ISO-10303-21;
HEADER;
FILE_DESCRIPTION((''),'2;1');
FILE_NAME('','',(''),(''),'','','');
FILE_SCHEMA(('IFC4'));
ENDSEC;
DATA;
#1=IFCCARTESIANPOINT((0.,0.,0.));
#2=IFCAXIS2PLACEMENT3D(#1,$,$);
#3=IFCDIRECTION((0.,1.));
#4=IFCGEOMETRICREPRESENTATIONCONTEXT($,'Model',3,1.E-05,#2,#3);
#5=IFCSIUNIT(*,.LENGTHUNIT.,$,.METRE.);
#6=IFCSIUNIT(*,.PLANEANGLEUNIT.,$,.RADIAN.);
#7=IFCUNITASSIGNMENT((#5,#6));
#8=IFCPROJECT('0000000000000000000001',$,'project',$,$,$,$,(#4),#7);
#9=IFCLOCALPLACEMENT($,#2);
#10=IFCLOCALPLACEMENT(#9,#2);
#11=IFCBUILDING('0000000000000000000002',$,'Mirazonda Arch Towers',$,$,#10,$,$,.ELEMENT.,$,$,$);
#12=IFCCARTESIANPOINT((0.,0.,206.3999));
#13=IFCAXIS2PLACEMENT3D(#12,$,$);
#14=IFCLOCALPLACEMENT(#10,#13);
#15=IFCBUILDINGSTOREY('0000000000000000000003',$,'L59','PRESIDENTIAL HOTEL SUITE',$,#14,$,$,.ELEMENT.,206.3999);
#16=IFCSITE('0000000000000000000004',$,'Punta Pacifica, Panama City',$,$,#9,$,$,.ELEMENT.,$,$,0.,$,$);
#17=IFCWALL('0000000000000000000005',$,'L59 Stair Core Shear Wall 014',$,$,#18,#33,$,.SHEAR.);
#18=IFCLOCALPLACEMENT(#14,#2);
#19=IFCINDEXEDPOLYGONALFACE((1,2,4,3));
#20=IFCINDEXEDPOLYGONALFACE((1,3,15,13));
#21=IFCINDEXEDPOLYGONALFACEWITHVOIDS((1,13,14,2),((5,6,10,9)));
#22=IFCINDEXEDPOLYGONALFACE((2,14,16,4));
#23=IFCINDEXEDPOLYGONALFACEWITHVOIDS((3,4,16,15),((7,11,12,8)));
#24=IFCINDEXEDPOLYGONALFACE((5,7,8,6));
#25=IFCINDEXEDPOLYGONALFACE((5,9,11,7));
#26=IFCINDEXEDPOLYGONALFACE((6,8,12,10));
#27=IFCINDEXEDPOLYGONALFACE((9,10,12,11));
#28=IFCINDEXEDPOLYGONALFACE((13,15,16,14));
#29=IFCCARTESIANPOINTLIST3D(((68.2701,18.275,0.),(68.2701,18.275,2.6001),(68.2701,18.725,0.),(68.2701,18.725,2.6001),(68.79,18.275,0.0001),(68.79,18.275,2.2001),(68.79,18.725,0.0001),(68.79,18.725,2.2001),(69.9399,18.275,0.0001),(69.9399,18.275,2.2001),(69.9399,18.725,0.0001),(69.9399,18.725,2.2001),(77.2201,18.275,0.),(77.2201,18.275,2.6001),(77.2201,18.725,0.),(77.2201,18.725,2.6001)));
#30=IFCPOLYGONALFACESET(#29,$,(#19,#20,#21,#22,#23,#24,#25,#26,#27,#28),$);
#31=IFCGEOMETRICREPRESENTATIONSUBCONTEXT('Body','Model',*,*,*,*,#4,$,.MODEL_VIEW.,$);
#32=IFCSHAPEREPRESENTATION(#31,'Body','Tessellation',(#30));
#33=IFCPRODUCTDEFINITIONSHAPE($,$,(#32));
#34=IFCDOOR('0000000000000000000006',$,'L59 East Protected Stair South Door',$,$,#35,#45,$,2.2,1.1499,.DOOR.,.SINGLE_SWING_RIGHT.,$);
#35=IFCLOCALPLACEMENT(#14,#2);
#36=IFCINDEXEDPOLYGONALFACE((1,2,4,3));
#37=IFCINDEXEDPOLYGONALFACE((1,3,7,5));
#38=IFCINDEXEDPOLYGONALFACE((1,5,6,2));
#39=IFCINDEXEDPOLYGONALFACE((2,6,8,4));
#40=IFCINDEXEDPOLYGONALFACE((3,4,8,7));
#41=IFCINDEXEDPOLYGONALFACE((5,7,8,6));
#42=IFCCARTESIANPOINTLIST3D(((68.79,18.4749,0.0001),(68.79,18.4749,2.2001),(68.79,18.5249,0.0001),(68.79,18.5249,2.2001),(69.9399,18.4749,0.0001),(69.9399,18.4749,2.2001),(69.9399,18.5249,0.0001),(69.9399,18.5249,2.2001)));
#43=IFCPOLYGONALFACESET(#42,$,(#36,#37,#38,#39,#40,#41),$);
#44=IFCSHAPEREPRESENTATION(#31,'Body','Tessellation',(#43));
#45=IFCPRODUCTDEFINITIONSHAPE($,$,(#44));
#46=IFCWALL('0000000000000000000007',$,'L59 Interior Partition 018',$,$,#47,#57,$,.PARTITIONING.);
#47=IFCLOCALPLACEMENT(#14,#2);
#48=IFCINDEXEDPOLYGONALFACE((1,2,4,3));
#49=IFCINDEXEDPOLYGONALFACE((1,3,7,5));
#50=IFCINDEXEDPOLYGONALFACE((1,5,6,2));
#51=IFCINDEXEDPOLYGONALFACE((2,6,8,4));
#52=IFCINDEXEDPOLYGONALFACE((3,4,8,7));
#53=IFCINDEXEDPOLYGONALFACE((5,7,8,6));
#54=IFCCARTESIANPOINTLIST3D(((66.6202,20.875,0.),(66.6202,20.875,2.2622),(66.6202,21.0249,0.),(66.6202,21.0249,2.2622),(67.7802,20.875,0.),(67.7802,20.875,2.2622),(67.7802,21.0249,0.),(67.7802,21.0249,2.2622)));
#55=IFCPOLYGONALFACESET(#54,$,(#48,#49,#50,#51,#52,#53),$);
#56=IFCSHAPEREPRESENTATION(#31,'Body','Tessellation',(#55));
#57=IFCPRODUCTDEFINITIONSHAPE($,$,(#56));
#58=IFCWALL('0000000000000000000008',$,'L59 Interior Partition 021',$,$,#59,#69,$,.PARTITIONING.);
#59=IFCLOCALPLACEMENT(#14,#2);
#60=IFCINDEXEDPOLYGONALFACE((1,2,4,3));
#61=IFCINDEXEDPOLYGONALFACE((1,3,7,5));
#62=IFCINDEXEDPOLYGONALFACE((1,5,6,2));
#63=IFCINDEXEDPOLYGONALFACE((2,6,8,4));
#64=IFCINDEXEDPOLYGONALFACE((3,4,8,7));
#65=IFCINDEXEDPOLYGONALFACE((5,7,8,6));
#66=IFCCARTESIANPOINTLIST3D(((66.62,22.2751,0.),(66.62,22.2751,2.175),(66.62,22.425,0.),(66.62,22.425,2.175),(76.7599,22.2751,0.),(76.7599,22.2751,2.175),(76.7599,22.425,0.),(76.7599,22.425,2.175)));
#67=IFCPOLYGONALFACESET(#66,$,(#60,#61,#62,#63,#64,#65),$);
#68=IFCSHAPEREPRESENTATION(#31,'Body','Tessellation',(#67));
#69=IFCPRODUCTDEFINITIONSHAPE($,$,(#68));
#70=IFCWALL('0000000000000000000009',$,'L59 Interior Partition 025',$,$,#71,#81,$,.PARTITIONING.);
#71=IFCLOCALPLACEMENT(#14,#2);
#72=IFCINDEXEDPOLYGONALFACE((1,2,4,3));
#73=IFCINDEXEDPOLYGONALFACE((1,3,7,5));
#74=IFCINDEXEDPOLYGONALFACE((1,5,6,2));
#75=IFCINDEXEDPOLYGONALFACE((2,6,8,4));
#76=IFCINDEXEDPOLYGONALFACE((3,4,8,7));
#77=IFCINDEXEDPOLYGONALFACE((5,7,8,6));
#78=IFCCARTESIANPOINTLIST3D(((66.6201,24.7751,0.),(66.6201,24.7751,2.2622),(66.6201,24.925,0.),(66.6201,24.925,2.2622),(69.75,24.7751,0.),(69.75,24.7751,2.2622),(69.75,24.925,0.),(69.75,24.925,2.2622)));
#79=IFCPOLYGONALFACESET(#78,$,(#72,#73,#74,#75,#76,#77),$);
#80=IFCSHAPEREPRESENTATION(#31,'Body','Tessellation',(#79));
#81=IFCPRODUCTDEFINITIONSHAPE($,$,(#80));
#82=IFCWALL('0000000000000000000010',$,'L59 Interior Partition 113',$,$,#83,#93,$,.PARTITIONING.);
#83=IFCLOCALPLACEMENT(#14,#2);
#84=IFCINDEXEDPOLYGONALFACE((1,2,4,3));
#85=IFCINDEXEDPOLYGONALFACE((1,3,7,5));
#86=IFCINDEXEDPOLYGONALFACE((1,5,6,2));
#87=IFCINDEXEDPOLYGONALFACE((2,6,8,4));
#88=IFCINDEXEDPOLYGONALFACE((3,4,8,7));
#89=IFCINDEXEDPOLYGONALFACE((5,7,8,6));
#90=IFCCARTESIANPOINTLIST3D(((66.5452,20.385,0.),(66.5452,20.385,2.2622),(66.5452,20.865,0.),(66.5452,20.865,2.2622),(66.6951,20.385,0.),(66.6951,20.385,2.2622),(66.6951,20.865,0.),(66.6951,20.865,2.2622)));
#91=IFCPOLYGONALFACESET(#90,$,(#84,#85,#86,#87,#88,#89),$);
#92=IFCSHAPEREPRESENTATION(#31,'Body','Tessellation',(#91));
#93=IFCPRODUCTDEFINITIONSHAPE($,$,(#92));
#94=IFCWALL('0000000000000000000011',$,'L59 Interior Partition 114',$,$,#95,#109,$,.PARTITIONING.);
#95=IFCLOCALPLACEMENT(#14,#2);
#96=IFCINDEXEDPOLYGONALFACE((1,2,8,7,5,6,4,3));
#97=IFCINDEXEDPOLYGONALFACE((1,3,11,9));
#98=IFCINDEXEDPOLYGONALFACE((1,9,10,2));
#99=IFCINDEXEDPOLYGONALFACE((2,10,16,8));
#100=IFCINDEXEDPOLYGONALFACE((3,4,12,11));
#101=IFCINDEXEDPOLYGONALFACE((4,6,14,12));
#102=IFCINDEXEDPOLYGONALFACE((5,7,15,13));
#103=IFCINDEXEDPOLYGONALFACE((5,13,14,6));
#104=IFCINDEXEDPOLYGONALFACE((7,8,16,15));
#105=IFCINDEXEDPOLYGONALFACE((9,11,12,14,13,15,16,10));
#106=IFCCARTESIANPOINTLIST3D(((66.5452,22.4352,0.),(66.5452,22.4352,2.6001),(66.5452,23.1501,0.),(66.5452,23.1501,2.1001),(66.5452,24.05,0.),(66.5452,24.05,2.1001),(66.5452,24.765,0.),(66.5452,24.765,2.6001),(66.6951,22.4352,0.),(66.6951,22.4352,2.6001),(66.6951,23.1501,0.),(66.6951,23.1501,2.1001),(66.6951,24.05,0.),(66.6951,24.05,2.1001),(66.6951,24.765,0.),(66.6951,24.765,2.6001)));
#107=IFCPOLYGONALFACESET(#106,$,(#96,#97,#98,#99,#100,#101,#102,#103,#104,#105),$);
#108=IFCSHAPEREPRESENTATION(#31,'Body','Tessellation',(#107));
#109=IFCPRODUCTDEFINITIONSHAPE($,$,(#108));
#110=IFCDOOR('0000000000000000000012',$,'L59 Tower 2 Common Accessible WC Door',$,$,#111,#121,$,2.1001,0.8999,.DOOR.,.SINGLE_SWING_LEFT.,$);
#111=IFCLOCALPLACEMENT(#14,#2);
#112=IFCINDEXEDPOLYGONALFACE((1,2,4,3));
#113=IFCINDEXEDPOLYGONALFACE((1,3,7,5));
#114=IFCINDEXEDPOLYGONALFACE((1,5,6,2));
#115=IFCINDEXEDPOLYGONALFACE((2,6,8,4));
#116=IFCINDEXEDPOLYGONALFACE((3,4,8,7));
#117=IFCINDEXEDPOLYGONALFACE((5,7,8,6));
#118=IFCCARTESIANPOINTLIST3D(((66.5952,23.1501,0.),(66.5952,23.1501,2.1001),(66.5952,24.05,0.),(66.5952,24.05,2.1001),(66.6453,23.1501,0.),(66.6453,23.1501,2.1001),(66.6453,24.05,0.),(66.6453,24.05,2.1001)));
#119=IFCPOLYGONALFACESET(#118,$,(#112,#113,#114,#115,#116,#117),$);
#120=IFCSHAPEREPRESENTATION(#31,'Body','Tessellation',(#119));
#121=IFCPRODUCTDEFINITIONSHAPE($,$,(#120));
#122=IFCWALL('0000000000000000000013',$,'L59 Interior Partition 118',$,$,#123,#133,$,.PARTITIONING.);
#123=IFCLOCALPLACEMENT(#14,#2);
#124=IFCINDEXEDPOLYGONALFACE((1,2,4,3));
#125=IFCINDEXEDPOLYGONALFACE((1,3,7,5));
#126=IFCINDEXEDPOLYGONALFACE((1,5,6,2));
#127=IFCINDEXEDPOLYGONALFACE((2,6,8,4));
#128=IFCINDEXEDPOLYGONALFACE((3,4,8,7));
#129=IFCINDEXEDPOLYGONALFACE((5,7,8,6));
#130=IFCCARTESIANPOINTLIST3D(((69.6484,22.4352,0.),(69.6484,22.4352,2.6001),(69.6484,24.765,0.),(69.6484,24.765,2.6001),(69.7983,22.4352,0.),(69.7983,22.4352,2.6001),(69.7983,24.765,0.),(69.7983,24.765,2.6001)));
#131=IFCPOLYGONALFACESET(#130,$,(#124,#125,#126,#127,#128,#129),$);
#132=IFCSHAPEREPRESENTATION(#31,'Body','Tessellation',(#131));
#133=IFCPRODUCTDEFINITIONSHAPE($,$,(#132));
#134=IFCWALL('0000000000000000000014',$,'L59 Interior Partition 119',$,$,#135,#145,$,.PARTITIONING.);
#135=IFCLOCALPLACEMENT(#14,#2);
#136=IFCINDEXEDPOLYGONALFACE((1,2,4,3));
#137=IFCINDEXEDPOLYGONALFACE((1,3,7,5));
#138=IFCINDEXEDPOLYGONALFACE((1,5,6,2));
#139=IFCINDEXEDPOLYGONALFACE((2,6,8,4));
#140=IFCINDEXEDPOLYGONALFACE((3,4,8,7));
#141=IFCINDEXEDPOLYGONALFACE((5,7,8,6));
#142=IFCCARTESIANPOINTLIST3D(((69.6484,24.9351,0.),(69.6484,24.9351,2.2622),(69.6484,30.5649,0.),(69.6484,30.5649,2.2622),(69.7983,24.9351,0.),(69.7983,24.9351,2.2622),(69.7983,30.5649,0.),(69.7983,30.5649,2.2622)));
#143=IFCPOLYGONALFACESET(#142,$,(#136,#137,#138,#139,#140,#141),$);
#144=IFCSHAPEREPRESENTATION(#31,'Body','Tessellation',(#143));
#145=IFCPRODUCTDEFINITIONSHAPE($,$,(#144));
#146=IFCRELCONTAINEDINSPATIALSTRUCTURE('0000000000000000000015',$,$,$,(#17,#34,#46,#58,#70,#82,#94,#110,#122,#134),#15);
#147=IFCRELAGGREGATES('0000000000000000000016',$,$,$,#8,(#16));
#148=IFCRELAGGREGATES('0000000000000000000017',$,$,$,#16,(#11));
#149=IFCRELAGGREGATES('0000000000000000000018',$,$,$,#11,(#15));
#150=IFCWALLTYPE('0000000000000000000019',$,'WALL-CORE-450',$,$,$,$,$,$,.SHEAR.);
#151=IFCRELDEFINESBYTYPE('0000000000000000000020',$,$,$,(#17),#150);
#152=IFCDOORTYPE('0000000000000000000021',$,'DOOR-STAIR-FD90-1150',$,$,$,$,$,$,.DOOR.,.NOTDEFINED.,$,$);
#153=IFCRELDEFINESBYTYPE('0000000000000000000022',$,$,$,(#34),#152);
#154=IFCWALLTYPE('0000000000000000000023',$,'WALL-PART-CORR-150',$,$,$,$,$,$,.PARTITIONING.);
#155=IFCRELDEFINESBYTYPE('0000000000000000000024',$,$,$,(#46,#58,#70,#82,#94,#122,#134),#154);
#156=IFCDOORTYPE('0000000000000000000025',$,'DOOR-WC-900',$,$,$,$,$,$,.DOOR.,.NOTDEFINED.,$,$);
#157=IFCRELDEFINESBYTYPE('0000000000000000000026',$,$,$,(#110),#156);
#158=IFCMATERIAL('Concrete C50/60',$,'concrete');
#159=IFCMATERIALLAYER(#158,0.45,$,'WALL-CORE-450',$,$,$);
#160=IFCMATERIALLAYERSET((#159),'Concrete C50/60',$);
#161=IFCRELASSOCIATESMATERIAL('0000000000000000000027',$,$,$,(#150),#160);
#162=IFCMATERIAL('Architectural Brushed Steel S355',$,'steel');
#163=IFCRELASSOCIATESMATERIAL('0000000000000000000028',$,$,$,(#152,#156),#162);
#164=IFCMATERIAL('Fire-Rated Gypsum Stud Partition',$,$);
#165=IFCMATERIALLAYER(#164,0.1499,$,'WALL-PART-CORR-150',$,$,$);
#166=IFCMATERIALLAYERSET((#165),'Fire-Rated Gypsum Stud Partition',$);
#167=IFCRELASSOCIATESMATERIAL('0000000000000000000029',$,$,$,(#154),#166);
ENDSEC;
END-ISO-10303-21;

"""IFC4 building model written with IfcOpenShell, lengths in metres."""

from ifc_helpers import new_model, si_unit, direction, frame, frame_2d, origin, place, context, subcontext, project, spatial, rectangle, extrude, material, layer, layer_set, type_object, element, fill, save


model = new_model("IFC4")

# Units and contexts
model_context = context("Model", 3, precision=1e-05, world=origin(), true_north=direction((0.0, 1.0)))
body_context = subcontext(model_context, "Body", "Model", "MODEL_VIEW")
ifc_project = project(units=[si_unit("LENGTHUNIT", "METRE"), si_unit("PLANEANGLEUNIT", "RADIAN")], contexts=[model_context])

# Site, building, storey
site_placement = place(None, origin())
site = spatial("IfcSite", under=ifc_project, at=site_placement, Name="Punta Pacifica, Panama City", CompositionType="ELEMENT", RefElevation=0.0)
building_placement = place(site_placement, origin())
building = spatial("IfcBuilding", under=site, at=building_placement, Name="Mirazonda Arch Towers", CompositionType="ELEMENT")
storey_placement = place(building_placement, frame((0.0, 0.0, 206.3999)))
storey = spatial("IfcBuildingStorey", under=building, at=storey_placement, Name="L59", Description="PRESIDENTIAL HOTEL SUITE", CompositionType="ELEMENT", Elevation=206.3999)

# Shared definitions
ifc_material_1 = material(Name="Concrete C50/60", Category="concrete")

# Shared definitions
ifc_layer_1 = layer(ifc_material_1, 0.45, Name="WALL-CORE-450")
ifc_layer_set_1 = layer_set([ifc_layer_1], Name="Concrete C50/60")
wall_type_1 = type_object("IfcWallType", Name="WALL-CORE-450", PredefinedType="SHEAR", material=ifc_layer_set_1)
ifc_material_2 = material(Name="Architectural Brushed Steel S355", Category="steel")

# Wall, opening, door
wall_1_placement = place(storey_placement, frame((68.27, 18.5, 0.0), z_axis=(0.0, 0.0, 1.0), x_axis=(1.0, 0.0, 0.0)))
wall_1 = element("IfcWall", 1, at=wall_1_placement, inside=storey, type_object=wall_type_1, Name="L59 Stair Core Shear Wall 014", PredefinedType="SHEAR", context=body_context, shape_type="SweptSolid", body=[
    extrude(rectangle(XDim=8.95, YDim=0.45, at=frame_2d((4.4751, 0.0))), origin(), (0.0, 0.0, 1.0), 2.6001),
])
opening_1_placement = place(wall_1_placement, frame((0.52, 0.0, 0.0)))
opening_1 = element("IfcOpeningElement", 2, at=opening_1_placement, cuts=wall_1, PredefinedType="OPENING", context=body_context, shape_type="SweptSolid", body=[
    extrude(rectangle(XDim=1.1499, YDim=2.2, at=frame_2d((0.575, 1.1001))), frame((0.0, 0.2349, 0.0), z_axis=(0.0, -1.0, 0.0), x_axis=(1.0, 0.0, 0.0)), (0.0, 0.0, 1.0), 0.47),
])
door_type_1 = type_object("IfcDoorType", Name="DOOR-STAIR-FD90-1150", OperationType="NOTDEFINED", PredefinedType="DOOR", material=ifc_material_2)
door_1_placement = place(opening_1_placement, origin())
door_1 = element("IfcDoor", 3, at=door_1_placement, inside=storey, type_object=door_type_1, Name="L59 East Protected Stair South Door", OperationType="SINGLE_SWING_RIGHT", OverallHeight=2.2, OverallWidth=1.1499, PredefinedType="DOOR", context=body_context, shape_type="SweptSolid", body=[
    extrude(rectangle(XDim=1.1499, YDim=2.2, at=frame_2d((0.575, 1.1001))), frame((0.0, 0.0249, 0.0), z_axis=(0.0, -1.0, 0.0), x_axis=(1.0, 0.0, 0.0)), (0.0, 0.0, 1.0), 0.05),
])
fill(opening_1, door_1)

# Walls
ifc_material_3 = material(Name="Fire-Rated Gypsum Stud Partition")
ifc_layer_2 = layer(ifc_material_3, 0.1499, Name="WALL-PART-CORR-150")
ifc_layer_set_2 = layer_set([ifc_layer_2], Name="Fire-Rated Gypsum Stud Partition")
wall_type_2 = type_object("IfcWallType", Name="WALL-PART-CORR-150", PredefinedType="PARTITIONING", material=ifc_layer_set_2)
wall_2_placement = place(storey_placement, frame((66.6201, 20.95, 0.0), z_axis=(0.0, 0.0, 1.0), x_axis=(1.0, 0.0, 0.0)))
element("IfcWall", 4, at=wall_2_placement, inside=storey, type_object=wall_type_2, Name="L59 Interior Partition 018", PredefinedType="PARTITIONING", context=body_context, shape_type="SweptSolid", body=[
    extrude(rectangle(XDim=1.1599, YDim=0.1499, at=frame_2d((0.5801, 0.0))), origin(), (0.0, 0.0, 1.0), 2.2622),
])
wall_3_placement = place(storey_placement, frame((66.6201, 22.3501, 0.0), z_axis=(0.0, 0.0, 1.0), x_axis=(1.0, 0.0, 0.0)))
element("IfcWall", 5, at=wall_3_placement, inside=storey, type_object=wall_type_2, Name="L59 Interior Partition 021", PredefinedType="PARTITIONING", context=body_context, shape_type="SweptSolid", body=[
    extrude(rectangle(XDim=10.1399, YDim=0.1499, at=frame_2d((5.0698, 0.0))), origin(), (0.0, 0.0, 1.0), 2.175),
])
wall_4_placement = place(storey_placement, frame((66.6201, 24.8501, 0.0), z_axis=(0.0, 0.0, 1.0), x_axis=(1.0, 0.0, 0.0)))
element("IfcWall", 6, at=wall_4_placement, inside=storey, type_object=wall_type_2, Name="L59 Interior Partition 025", PredefinedType="PARTITIONING", context=body_context, shape_type="SweptSolid", body=[
    extrude(rectangle(XDim=3.1299, YDim=0.1499, at=frame_2d((1.5649, 0.0))), origin(), (0.0, 0.0, 1.0), 2.2622),
])
wall_5_placement = place(storey_placement, frame((66.6201, 20.385, 0.0), z_axis=(0.0, 0.0, 1.0), x_axis=(0.0, 1.0, 0.0)))
element("IfcWall", 7, at=wall_5_placement, inside=storey, type_object=wall_type_2, Name="L59 Interior Partition 113", PredefinedType="PARTITIONING", context=body_context, shape_type="SweptSolid", body=[
    extrude(rectangle(XDim=0.48, YDim=0.1499, at=frame_2d((0.24, 0.0))), origin(), (0.0, 0.0, 1.0), 2.2622),
])

# Wall, opening, door
wall_6_placement = place(storey_placement, frame((66.6201, 22.4351, 0.0), z_axis=(0.0, 0.0, 1.0), x_axis=(0.0, 1.0, 0.0)))
wall_6 = element("IfcWall", 8, at=wall_6_placement, inside=storey, type_object=wall_type_2, Name="L59 Interior Partition 114", PredefinedType="PARTITIONING", context=body_context, shape_type="SweptSolid", body=[
    extrude(rectangle(XDim=2.3298, YDim=0.1499, at=frame_2d((1.165, 0.0))), origin(), (0.0, 0.0, 1.0), 2.6001),
])
opening_2_placement = place(wall_6_placement, frame((0.7151, 0.0, 0.0)))
opening_2 = element("IfcOpeningElement", 9, at=opening_2_placement, cuts=wall_6, PredefinedType="OPENING", context=body_context, shape_type="SweptSolid", body=[
    extrude(rectangle(XDim=0.8999, YDim=2.1001, at=frame_2d((0.45, 1.05))), frame((0.0, 0.085, 0.0), z_axis=(0.0, -1.0, 0.0), x_axis=(1.0, 0.0, 0.0)), (0.0, 0.0, 1.0), 0.1699),
])
door_type_2 = type_object("IfcDoorType", Name="DOOR-WC-900", OperationType="NOTDEFINED", PredefinedType="DOOR", material=ifc_material_2)
door_2_placement = place(opening_2_placement, origin())
door_2 = element("IfcDoor", 10, at=door_2_placement, inside=storey, type_object=door_type_2, Name="L59 Tower 2 Common Accessible WC Door", OperationType="SINGLE_SWING_LEFT", OverallHeight=2.1001, OverallWidth=0.8999, PredefinedType="DOOR", context=body_context, shape_type="SweptSolid", body=[
    extrude(rectangle(XDim=0.8999, YDim=2.1001, at=frame_2d((0.45, 1.05))), frame((0.0, 0.0249, 0.0), z_axis=(0.0, -1.0, 0.0), x_axis=(1.0, 0.0, 0.0)), (0.0, 0.0, 1.0), 0.05),
])
fill(opening_2, door_2)

# Walls
wall_7_placement = place(storey_placement, frame((69.7234, 22.4351, 0.0), z_axis=(0.0, 0.0, 1.0), x_axis=(0.0, 1.0, 0.0)))
element("IfcWall", 11, at=wall_7_placement, inside=storey, type_object=wall_type_2, Name="L59 Interior Partition 118", PredefinedType="PARTITIONING", context=body_context, shape_type="SweptSolid", body=[
    extrude(rectangle(XDim=2.3298, YDim=0.1499, at=frame_2d((1.165, 0.0))), origin(), (0.0, 0.0, 1.0), 2.6001),
])
wall_8_placement = place(storey_placement, frame((69.7234, 24.9351, 0.0), z_axis=(0.0, 0.0, 1.0), x_axis=(0.0, 1.0, 0.0)))
element("IfcWall", 12, at=wall_8_placement, inside=storey, type_object=wall_type_2, Name="L59 Interior Partition 119", PredefinedType="PARTITIONING", context=body_context, shape_type="SweptSolid", body=[
    extrude(rectangle(XDim=5.6299, YDim=0.1499, at=frame_2d((2.8149, 0.0))), origin(), (0.0, 0.0, 1.0), 2.2622),
])

save(model, "model.ifc")
